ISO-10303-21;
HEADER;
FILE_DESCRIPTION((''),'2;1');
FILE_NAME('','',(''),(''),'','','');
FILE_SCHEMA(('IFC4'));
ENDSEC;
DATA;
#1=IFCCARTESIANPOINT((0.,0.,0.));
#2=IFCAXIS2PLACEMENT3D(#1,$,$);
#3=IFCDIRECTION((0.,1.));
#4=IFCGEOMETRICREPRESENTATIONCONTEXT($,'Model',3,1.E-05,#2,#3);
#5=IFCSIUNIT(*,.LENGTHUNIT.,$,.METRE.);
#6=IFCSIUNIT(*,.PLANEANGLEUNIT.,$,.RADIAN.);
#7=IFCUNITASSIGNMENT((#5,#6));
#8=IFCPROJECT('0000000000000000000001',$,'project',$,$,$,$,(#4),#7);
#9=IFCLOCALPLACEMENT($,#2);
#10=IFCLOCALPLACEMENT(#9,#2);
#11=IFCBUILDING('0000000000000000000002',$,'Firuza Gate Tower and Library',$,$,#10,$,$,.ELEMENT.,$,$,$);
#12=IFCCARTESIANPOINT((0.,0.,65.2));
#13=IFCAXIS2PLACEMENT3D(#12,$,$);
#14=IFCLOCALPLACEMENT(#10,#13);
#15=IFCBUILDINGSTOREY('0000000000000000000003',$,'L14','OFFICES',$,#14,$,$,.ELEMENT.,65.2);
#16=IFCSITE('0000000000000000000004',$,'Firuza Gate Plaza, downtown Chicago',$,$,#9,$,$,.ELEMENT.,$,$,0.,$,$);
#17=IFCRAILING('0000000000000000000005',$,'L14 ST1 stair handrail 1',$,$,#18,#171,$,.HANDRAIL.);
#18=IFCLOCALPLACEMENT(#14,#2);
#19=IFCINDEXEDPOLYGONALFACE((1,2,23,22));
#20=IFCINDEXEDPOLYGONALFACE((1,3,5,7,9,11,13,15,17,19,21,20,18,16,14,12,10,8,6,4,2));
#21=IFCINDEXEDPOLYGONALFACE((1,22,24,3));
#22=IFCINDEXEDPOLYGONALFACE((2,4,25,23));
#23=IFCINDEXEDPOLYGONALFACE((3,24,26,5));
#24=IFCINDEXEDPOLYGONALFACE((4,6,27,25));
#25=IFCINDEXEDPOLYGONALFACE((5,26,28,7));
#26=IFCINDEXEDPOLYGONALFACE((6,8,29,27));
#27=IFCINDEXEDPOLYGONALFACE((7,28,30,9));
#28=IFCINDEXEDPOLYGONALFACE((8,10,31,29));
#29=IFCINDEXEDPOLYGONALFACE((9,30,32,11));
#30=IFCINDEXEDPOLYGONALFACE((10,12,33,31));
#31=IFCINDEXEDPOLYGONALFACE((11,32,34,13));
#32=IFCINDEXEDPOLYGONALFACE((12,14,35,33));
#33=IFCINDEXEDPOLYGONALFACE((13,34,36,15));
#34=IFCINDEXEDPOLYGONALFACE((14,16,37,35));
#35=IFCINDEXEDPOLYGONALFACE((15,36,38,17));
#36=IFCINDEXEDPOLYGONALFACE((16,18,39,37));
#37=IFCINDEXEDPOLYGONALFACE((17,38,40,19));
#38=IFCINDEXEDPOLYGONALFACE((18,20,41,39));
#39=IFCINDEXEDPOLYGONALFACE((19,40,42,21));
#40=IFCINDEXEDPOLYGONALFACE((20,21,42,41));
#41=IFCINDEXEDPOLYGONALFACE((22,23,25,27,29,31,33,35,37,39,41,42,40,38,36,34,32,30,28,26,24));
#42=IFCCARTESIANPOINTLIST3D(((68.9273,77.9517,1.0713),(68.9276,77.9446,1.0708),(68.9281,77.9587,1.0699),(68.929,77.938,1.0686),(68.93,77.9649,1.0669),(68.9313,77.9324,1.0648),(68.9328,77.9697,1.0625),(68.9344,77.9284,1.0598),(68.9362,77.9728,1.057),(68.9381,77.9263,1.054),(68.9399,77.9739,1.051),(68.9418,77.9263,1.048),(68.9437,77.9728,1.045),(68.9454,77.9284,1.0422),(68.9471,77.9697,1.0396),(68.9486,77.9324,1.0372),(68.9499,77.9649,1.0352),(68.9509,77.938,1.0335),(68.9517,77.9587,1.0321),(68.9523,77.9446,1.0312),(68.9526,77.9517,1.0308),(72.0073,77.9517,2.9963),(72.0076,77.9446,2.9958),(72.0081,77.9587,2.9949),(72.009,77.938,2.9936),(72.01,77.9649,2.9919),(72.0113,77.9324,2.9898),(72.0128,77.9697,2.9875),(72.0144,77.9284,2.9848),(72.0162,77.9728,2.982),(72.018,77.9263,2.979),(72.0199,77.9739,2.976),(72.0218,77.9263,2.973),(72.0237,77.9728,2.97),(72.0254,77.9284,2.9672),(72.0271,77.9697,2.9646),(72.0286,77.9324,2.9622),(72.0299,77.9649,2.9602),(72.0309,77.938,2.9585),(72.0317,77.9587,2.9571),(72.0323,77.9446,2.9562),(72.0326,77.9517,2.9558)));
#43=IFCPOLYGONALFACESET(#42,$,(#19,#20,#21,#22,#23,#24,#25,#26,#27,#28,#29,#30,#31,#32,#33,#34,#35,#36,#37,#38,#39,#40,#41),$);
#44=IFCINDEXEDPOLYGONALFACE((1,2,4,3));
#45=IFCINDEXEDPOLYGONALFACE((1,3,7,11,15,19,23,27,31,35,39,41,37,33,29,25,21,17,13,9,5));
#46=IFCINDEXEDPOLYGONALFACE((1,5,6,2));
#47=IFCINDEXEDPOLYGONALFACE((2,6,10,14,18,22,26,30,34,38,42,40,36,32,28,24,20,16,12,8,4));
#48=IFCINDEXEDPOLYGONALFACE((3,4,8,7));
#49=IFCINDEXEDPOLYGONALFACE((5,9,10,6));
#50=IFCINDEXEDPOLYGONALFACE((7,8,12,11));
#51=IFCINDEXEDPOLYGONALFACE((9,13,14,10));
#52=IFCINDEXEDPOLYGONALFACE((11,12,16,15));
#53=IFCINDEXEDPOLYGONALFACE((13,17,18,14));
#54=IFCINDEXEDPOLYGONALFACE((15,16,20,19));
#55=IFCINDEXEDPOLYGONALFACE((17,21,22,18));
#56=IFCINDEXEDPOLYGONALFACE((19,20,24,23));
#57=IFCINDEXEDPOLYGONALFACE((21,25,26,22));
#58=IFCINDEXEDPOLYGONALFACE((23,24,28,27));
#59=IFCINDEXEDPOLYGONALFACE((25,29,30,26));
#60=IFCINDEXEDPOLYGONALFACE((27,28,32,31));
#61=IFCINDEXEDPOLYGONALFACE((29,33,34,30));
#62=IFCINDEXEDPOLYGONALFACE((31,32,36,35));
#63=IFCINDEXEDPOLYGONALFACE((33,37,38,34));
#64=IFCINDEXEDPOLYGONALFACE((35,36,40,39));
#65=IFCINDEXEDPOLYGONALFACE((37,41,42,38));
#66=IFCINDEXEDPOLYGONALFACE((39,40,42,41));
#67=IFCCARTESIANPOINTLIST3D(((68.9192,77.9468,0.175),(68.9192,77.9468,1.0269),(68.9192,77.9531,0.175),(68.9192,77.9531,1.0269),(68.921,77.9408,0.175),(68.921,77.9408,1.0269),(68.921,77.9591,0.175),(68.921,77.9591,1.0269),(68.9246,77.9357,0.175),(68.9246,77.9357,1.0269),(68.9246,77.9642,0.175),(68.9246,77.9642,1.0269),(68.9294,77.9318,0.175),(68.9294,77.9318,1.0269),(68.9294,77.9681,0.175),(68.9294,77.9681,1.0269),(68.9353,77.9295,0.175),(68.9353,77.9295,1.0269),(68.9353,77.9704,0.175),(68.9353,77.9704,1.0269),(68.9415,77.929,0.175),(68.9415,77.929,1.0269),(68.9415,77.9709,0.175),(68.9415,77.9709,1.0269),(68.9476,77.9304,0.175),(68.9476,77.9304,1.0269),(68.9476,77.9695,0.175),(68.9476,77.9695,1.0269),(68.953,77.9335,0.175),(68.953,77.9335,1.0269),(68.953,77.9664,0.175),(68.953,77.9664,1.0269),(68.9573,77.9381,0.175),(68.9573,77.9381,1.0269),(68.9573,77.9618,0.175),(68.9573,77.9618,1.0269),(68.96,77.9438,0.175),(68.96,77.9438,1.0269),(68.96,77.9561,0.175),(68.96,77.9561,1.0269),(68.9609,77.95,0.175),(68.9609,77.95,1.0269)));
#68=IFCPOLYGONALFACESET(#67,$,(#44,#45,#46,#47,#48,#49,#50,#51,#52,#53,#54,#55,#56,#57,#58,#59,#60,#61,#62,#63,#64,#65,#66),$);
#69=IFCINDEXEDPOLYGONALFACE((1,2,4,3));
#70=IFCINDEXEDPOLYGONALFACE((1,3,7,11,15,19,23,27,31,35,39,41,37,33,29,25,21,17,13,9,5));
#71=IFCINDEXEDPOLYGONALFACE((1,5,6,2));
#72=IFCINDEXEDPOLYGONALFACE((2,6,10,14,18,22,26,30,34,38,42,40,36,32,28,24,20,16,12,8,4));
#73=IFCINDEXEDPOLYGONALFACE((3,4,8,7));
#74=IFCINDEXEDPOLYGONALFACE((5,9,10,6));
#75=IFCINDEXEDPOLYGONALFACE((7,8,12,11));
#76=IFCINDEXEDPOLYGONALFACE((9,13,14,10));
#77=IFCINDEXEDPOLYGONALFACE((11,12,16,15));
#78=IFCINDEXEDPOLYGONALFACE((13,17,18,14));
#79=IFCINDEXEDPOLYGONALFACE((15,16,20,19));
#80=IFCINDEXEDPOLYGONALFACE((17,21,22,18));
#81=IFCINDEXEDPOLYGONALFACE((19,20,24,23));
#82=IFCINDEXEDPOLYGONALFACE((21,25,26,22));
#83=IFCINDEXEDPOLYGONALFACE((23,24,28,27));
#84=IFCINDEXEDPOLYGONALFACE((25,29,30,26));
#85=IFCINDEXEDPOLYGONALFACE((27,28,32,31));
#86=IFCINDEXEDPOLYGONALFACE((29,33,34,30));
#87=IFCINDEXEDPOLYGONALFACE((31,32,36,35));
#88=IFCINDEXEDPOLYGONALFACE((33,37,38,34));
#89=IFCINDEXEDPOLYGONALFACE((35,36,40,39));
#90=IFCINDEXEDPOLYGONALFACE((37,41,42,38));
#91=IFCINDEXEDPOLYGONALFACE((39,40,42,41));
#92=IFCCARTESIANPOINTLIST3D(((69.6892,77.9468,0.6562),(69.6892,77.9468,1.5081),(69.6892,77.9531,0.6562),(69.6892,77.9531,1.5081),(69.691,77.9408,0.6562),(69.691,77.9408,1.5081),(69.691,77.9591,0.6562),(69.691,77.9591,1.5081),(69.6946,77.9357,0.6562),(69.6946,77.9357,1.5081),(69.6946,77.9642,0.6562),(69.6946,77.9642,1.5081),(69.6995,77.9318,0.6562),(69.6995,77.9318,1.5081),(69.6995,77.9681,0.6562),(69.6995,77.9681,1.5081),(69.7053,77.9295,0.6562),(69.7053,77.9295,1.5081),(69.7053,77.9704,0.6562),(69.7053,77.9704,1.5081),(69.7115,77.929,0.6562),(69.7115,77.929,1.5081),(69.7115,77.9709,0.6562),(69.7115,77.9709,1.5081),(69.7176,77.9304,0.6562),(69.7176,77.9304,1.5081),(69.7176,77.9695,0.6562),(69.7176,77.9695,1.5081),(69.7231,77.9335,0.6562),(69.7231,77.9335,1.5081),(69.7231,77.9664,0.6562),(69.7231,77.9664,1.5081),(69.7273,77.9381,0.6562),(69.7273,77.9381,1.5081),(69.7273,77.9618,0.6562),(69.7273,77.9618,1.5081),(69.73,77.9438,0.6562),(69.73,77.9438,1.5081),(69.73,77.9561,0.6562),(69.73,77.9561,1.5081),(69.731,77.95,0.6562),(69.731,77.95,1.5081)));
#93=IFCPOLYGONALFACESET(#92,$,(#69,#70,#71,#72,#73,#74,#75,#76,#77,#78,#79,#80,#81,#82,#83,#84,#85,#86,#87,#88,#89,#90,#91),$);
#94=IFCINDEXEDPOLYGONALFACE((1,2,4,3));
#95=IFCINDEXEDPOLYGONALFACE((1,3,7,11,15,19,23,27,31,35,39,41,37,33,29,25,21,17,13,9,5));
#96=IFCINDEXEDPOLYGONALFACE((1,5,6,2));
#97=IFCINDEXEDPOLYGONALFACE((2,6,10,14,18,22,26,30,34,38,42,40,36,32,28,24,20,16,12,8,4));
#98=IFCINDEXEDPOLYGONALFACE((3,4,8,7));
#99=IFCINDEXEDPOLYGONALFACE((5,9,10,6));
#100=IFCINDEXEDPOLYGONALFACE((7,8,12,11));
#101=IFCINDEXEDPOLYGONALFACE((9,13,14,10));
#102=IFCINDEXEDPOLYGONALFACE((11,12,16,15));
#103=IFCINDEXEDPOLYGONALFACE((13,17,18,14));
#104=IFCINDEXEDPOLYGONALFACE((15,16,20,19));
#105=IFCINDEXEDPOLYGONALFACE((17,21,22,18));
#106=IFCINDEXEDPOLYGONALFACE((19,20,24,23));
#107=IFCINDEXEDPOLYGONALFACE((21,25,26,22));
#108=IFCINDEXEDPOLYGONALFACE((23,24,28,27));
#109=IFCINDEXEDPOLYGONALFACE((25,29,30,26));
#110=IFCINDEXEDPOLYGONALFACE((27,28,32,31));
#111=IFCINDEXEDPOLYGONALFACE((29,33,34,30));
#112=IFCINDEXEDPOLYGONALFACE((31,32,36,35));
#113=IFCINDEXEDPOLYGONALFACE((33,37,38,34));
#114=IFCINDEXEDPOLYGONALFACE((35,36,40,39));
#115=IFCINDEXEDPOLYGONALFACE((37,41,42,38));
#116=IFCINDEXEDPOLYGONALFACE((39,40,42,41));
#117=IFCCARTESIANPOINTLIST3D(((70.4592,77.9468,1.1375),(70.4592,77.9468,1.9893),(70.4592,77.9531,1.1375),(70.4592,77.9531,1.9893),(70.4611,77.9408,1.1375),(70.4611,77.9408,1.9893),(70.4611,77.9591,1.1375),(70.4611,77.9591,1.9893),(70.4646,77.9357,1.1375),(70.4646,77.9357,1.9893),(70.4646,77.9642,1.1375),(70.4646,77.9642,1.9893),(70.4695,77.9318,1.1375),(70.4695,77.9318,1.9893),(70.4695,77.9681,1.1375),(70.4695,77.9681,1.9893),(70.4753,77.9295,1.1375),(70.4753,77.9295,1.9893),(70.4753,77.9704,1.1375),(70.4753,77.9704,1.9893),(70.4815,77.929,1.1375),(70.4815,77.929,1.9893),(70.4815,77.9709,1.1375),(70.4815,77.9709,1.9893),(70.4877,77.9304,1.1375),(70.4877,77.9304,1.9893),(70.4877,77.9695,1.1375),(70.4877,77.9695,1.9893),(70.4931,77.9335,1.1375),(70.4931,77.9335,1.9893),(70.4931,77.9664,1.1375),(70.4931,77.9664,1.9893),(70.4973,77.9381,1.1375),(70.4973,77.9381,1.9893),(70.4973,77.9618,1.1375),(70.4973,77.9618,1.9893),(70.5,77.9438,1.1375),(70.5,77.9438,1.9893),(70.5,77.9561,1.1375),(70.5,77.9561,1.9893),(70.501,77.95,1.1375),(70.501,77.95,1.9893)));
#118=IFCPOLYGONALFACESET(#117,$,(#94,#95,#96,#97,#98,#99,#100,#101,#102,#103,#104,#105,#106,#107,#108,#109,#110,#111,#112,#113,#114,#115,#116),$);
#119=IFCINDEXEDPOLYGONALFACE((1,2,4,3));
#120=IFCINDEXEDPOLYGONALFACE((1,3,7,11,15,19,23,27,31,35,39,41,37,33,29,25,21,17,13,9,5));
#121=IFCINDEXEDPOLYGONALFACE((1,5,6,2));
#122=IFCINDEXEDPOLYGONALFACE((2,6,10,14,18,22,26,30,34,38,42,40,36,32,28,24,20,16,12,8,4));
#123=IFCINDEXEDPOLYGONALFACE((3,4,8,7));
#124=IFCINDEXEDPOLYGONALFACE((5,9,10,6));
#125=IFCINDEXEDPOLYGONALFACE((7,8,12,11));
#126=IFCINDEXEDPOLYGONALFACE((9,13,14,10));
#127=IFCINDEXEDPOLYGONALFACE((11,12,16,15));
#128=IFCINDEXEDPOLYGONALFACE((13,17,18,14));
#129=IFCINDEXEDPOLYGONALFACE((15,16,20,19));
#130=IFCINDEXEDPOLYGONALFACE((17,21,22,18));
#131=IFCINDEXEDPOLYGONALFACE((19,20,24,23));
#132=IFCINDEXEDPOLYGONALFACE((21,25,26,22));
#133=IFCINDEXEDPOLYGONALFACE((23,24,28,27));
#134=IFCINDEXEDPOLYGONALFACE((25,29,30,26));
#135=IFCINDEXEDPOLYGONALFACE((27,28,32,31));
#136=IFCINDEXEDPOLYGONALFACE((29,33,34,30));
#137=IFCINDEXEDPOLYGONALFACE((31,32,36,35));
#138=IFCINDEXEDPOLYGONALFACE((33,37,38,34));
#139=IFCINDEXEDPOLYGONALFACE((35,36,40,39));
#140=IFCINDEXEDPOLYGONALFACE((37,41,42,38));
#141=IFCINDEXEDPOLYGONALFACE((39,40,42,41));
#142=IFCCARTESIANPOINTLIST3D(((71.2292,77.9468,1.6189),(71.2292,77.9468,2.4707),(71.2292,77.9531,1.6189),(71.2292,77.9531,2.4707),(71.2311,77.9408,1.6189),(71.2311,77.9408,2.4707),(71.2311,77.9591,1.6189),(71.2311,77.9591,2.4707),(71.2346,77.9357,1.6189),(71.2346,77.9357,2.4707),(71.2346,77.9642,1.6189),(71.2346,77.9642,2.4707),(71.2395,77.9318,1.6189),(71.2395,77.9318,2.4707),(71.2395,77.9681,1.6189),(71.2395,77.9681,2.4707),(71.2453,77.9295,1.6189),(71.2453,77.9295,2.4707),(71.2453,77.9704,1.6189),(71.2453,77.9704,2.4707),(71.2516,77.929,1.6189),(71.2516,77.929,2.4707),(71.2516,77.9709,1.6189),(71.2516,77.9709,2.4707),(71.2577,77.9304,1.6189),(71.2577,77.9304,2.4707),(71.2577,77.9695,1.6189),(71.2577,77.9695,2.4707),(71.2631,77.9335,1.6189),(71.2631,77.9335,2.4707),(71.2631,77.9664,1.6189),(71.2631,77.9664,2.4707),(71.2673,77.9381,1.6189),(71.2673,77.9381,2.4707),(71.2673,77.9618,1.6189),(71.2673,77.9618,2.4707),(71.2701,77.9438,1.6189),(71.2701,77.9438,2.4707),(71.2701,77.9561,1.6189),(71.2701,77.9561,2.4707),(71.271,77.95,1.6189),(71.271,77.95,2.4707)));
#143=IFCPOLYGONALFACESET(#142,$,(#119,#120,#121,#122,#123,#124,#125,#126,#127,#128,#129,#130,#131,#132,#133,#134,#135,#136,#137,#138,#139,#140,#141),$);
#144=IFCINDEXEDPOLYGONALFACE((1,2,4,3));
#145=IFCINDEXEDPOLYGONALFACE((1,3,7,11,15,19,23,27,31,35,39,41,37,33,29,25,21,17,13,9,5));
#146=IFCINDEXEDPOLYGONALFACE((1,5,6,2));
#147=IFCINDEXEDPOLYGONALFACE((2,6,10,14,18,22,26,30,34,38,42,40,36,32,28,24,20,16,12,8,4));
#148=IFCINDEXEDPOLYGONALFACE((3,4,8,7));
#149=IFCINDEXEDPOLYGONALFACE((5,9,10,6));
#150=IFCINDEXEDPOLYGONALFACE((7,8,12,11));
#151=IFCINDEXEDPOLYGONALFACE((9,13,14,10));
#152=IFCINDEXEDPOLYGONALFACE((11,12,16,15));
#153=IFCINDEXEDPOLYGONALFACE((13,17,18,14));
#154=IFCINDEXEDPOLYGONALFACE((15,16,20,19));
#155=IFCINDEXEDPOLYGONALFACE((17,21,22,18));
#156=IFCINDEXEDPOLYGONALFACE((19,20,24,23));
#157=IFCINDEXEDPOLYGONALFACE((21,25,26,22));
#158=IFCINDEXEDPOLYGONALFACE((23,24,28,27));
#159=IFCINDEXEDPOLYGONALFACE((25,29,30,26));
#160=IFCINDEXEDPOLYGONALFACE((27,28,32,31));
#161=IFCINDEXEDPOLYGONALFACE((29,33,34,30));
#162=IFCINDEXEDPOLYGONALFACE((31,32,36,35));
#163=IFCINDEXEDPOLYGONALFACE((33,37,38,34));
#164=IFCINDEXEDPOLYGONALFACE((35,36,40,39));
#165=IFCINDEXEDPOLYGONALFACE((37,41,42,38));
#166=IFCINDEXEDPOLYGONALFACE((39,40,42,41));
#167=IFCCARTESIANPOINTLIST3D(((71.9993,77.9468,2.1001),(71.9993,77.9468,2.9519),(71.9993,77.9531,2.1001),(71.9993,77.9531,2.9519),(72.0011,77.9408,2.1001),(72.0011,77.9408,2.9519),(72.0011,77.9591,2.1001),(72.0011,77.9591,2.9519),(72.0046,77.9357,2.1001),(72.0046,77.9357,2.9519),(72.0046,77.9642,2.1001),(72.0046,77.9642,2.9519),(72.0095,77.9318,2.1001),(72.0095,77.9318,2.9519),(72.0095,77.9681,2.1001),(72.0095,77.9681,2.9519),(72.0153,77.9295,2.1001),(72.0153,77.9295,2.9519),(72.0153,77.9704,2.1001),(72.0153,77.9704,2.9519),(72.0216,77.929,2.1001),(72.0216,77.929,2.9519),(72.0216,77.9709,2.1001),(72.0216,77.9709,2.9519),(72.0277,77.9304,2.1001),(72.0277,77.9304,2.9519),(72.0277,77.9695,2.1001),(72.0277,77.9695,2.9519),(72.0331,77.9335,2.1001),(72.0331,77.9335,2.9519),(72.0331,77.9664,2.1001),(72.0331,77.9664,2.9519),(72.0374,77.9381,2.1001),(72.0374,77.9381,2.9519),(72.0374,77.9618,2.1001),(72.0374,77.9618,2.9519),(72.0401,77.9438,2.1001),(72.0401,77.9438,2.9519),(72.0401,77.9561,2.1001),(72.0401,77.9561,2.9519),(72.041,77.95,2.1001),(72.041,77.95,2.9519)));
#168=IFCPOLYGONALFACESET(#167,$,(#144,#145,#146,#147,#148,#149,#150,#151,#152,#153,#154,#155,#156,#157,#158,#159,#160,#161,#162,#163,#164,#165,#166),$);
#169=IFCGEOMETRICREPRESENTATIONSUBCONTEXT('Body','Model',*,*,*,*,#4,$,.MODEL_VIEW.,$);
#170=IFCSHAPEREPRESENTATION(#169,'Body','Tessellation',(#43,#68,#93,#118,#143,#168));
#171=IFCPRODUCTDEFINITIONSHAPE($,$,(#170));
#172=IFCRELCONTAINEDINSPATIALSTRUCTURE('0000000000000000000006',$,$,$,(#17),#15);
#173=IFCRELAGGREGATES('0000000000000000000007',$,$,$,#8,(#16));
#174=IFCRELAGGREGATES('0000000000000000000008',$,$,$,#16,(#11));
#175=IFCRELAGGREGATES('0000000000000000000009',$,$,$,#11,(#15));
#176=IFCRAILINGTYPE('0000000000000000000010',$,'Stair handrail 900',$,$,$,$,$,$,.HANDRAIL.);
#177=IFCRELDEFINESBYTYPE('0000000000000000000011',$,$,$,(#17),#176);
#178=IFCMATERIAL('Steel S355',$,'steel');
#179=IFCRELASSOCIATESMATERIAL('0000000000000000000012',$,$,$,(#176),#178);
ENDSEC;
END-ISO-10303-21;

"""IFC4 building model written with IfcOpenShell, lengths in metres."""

from ifc_helpers import new_model, si_unit, direction, frame, origin, origin_2d, place, context, subcontext, project, spatial, circle, extrude, material, type_object, element, save


model = new_model("IFC4")

# Units and contexts
model_context = context("Model", 3, precision=1e-05, world=origin(), true_north=direction((0.0, 1.0)))
body_context = subcontext(model_context, "Body", "Model", "MODEL_VIEW")
ifc_project = project(units=[si_unit("LENGTHUNIT", "METRE"), si_unit("PLANEANGLEUNIT", "RADIAN")], contexts=[model_context])

# Site, building, storey
site_placement = place(None, origin())
site = spatial("IfcSite", under=ifc_project, at=site_placement, Name="Firuza Gate Plaza, downtown Chicago", CompositionType="ELEMENT", RefElevation=0.0)
building_placement = place(site_placement, origin())
building = spatial("IfcBuilding", under=site, at=building_placement, Name="Firuza Gate Tower and Library", CompositionType="ELEMENT")
storey_placement = place(building_placement, frame((0.0, 0.0, 65.2)))
storey = spatial("IfcBuildingStorey", under=building, at=storey_placement, Name="L14", Description="OFFICES", CompositionType="ELEMENT", Elevation=65.2)

# Railing
ifc_material_1 = material(Name="Steel S355", Category="steel")
railing_type_1 = type_object("IfcRailingType", Name="Stair handrail 900", PredefinedType="HANDRAIL", material=ifc_material_1)
railing_1_placement = place(storey_placement, frame((68.9399, 77.95, 0.175)))
element("IfcRailing", 1, at=railing_1_placement, inside=storey, type_object=railing_type_1, Name="L14 ST1 stair handrail 1", PredefinedType="HANDRAIL", context=body_context, shape_type="SweptSolid", body=[
    extrude(circle(Radius=0.0239, at=origin_2d()), frame((0.0, 0.0, 0.876), z_axis=(0.847998, 0.0, 0.529999), x_axis=(0.0, 1.0, 0.0)), (0.0, 0.0, 1.0), 3.6321),
    extrude(circle(Radius=0.021, at=origin_2d()), origin(), (0.0, 0.0, 1.0), 0.8518),
    extrude(circle(Radius=0.021, at=origin_2d()), frame((0.77, 0.0, 0.4812)), (0.0, 0.0, 1.0), 0.8518),
    extrude(circle(Radius=0.021, at=origin_2d()), frame((1.54, 0.0, 0.9624)), (0.0, 0.0, 1.0), 0.8518),
    extrude(circle(Radius=0.021, at=origin_2d()), frame((2.3101, 0.0, 1.4438)), (0.0, 0.0, 1.0), 0.8518),
    extrude(circle(Radius=0.021, at=origin_2d()), frame((3.0801, 0.0, 1.925)), (0.0, 0.0, 1.0), 0.8518),
])

save(model, "model.ifc")
